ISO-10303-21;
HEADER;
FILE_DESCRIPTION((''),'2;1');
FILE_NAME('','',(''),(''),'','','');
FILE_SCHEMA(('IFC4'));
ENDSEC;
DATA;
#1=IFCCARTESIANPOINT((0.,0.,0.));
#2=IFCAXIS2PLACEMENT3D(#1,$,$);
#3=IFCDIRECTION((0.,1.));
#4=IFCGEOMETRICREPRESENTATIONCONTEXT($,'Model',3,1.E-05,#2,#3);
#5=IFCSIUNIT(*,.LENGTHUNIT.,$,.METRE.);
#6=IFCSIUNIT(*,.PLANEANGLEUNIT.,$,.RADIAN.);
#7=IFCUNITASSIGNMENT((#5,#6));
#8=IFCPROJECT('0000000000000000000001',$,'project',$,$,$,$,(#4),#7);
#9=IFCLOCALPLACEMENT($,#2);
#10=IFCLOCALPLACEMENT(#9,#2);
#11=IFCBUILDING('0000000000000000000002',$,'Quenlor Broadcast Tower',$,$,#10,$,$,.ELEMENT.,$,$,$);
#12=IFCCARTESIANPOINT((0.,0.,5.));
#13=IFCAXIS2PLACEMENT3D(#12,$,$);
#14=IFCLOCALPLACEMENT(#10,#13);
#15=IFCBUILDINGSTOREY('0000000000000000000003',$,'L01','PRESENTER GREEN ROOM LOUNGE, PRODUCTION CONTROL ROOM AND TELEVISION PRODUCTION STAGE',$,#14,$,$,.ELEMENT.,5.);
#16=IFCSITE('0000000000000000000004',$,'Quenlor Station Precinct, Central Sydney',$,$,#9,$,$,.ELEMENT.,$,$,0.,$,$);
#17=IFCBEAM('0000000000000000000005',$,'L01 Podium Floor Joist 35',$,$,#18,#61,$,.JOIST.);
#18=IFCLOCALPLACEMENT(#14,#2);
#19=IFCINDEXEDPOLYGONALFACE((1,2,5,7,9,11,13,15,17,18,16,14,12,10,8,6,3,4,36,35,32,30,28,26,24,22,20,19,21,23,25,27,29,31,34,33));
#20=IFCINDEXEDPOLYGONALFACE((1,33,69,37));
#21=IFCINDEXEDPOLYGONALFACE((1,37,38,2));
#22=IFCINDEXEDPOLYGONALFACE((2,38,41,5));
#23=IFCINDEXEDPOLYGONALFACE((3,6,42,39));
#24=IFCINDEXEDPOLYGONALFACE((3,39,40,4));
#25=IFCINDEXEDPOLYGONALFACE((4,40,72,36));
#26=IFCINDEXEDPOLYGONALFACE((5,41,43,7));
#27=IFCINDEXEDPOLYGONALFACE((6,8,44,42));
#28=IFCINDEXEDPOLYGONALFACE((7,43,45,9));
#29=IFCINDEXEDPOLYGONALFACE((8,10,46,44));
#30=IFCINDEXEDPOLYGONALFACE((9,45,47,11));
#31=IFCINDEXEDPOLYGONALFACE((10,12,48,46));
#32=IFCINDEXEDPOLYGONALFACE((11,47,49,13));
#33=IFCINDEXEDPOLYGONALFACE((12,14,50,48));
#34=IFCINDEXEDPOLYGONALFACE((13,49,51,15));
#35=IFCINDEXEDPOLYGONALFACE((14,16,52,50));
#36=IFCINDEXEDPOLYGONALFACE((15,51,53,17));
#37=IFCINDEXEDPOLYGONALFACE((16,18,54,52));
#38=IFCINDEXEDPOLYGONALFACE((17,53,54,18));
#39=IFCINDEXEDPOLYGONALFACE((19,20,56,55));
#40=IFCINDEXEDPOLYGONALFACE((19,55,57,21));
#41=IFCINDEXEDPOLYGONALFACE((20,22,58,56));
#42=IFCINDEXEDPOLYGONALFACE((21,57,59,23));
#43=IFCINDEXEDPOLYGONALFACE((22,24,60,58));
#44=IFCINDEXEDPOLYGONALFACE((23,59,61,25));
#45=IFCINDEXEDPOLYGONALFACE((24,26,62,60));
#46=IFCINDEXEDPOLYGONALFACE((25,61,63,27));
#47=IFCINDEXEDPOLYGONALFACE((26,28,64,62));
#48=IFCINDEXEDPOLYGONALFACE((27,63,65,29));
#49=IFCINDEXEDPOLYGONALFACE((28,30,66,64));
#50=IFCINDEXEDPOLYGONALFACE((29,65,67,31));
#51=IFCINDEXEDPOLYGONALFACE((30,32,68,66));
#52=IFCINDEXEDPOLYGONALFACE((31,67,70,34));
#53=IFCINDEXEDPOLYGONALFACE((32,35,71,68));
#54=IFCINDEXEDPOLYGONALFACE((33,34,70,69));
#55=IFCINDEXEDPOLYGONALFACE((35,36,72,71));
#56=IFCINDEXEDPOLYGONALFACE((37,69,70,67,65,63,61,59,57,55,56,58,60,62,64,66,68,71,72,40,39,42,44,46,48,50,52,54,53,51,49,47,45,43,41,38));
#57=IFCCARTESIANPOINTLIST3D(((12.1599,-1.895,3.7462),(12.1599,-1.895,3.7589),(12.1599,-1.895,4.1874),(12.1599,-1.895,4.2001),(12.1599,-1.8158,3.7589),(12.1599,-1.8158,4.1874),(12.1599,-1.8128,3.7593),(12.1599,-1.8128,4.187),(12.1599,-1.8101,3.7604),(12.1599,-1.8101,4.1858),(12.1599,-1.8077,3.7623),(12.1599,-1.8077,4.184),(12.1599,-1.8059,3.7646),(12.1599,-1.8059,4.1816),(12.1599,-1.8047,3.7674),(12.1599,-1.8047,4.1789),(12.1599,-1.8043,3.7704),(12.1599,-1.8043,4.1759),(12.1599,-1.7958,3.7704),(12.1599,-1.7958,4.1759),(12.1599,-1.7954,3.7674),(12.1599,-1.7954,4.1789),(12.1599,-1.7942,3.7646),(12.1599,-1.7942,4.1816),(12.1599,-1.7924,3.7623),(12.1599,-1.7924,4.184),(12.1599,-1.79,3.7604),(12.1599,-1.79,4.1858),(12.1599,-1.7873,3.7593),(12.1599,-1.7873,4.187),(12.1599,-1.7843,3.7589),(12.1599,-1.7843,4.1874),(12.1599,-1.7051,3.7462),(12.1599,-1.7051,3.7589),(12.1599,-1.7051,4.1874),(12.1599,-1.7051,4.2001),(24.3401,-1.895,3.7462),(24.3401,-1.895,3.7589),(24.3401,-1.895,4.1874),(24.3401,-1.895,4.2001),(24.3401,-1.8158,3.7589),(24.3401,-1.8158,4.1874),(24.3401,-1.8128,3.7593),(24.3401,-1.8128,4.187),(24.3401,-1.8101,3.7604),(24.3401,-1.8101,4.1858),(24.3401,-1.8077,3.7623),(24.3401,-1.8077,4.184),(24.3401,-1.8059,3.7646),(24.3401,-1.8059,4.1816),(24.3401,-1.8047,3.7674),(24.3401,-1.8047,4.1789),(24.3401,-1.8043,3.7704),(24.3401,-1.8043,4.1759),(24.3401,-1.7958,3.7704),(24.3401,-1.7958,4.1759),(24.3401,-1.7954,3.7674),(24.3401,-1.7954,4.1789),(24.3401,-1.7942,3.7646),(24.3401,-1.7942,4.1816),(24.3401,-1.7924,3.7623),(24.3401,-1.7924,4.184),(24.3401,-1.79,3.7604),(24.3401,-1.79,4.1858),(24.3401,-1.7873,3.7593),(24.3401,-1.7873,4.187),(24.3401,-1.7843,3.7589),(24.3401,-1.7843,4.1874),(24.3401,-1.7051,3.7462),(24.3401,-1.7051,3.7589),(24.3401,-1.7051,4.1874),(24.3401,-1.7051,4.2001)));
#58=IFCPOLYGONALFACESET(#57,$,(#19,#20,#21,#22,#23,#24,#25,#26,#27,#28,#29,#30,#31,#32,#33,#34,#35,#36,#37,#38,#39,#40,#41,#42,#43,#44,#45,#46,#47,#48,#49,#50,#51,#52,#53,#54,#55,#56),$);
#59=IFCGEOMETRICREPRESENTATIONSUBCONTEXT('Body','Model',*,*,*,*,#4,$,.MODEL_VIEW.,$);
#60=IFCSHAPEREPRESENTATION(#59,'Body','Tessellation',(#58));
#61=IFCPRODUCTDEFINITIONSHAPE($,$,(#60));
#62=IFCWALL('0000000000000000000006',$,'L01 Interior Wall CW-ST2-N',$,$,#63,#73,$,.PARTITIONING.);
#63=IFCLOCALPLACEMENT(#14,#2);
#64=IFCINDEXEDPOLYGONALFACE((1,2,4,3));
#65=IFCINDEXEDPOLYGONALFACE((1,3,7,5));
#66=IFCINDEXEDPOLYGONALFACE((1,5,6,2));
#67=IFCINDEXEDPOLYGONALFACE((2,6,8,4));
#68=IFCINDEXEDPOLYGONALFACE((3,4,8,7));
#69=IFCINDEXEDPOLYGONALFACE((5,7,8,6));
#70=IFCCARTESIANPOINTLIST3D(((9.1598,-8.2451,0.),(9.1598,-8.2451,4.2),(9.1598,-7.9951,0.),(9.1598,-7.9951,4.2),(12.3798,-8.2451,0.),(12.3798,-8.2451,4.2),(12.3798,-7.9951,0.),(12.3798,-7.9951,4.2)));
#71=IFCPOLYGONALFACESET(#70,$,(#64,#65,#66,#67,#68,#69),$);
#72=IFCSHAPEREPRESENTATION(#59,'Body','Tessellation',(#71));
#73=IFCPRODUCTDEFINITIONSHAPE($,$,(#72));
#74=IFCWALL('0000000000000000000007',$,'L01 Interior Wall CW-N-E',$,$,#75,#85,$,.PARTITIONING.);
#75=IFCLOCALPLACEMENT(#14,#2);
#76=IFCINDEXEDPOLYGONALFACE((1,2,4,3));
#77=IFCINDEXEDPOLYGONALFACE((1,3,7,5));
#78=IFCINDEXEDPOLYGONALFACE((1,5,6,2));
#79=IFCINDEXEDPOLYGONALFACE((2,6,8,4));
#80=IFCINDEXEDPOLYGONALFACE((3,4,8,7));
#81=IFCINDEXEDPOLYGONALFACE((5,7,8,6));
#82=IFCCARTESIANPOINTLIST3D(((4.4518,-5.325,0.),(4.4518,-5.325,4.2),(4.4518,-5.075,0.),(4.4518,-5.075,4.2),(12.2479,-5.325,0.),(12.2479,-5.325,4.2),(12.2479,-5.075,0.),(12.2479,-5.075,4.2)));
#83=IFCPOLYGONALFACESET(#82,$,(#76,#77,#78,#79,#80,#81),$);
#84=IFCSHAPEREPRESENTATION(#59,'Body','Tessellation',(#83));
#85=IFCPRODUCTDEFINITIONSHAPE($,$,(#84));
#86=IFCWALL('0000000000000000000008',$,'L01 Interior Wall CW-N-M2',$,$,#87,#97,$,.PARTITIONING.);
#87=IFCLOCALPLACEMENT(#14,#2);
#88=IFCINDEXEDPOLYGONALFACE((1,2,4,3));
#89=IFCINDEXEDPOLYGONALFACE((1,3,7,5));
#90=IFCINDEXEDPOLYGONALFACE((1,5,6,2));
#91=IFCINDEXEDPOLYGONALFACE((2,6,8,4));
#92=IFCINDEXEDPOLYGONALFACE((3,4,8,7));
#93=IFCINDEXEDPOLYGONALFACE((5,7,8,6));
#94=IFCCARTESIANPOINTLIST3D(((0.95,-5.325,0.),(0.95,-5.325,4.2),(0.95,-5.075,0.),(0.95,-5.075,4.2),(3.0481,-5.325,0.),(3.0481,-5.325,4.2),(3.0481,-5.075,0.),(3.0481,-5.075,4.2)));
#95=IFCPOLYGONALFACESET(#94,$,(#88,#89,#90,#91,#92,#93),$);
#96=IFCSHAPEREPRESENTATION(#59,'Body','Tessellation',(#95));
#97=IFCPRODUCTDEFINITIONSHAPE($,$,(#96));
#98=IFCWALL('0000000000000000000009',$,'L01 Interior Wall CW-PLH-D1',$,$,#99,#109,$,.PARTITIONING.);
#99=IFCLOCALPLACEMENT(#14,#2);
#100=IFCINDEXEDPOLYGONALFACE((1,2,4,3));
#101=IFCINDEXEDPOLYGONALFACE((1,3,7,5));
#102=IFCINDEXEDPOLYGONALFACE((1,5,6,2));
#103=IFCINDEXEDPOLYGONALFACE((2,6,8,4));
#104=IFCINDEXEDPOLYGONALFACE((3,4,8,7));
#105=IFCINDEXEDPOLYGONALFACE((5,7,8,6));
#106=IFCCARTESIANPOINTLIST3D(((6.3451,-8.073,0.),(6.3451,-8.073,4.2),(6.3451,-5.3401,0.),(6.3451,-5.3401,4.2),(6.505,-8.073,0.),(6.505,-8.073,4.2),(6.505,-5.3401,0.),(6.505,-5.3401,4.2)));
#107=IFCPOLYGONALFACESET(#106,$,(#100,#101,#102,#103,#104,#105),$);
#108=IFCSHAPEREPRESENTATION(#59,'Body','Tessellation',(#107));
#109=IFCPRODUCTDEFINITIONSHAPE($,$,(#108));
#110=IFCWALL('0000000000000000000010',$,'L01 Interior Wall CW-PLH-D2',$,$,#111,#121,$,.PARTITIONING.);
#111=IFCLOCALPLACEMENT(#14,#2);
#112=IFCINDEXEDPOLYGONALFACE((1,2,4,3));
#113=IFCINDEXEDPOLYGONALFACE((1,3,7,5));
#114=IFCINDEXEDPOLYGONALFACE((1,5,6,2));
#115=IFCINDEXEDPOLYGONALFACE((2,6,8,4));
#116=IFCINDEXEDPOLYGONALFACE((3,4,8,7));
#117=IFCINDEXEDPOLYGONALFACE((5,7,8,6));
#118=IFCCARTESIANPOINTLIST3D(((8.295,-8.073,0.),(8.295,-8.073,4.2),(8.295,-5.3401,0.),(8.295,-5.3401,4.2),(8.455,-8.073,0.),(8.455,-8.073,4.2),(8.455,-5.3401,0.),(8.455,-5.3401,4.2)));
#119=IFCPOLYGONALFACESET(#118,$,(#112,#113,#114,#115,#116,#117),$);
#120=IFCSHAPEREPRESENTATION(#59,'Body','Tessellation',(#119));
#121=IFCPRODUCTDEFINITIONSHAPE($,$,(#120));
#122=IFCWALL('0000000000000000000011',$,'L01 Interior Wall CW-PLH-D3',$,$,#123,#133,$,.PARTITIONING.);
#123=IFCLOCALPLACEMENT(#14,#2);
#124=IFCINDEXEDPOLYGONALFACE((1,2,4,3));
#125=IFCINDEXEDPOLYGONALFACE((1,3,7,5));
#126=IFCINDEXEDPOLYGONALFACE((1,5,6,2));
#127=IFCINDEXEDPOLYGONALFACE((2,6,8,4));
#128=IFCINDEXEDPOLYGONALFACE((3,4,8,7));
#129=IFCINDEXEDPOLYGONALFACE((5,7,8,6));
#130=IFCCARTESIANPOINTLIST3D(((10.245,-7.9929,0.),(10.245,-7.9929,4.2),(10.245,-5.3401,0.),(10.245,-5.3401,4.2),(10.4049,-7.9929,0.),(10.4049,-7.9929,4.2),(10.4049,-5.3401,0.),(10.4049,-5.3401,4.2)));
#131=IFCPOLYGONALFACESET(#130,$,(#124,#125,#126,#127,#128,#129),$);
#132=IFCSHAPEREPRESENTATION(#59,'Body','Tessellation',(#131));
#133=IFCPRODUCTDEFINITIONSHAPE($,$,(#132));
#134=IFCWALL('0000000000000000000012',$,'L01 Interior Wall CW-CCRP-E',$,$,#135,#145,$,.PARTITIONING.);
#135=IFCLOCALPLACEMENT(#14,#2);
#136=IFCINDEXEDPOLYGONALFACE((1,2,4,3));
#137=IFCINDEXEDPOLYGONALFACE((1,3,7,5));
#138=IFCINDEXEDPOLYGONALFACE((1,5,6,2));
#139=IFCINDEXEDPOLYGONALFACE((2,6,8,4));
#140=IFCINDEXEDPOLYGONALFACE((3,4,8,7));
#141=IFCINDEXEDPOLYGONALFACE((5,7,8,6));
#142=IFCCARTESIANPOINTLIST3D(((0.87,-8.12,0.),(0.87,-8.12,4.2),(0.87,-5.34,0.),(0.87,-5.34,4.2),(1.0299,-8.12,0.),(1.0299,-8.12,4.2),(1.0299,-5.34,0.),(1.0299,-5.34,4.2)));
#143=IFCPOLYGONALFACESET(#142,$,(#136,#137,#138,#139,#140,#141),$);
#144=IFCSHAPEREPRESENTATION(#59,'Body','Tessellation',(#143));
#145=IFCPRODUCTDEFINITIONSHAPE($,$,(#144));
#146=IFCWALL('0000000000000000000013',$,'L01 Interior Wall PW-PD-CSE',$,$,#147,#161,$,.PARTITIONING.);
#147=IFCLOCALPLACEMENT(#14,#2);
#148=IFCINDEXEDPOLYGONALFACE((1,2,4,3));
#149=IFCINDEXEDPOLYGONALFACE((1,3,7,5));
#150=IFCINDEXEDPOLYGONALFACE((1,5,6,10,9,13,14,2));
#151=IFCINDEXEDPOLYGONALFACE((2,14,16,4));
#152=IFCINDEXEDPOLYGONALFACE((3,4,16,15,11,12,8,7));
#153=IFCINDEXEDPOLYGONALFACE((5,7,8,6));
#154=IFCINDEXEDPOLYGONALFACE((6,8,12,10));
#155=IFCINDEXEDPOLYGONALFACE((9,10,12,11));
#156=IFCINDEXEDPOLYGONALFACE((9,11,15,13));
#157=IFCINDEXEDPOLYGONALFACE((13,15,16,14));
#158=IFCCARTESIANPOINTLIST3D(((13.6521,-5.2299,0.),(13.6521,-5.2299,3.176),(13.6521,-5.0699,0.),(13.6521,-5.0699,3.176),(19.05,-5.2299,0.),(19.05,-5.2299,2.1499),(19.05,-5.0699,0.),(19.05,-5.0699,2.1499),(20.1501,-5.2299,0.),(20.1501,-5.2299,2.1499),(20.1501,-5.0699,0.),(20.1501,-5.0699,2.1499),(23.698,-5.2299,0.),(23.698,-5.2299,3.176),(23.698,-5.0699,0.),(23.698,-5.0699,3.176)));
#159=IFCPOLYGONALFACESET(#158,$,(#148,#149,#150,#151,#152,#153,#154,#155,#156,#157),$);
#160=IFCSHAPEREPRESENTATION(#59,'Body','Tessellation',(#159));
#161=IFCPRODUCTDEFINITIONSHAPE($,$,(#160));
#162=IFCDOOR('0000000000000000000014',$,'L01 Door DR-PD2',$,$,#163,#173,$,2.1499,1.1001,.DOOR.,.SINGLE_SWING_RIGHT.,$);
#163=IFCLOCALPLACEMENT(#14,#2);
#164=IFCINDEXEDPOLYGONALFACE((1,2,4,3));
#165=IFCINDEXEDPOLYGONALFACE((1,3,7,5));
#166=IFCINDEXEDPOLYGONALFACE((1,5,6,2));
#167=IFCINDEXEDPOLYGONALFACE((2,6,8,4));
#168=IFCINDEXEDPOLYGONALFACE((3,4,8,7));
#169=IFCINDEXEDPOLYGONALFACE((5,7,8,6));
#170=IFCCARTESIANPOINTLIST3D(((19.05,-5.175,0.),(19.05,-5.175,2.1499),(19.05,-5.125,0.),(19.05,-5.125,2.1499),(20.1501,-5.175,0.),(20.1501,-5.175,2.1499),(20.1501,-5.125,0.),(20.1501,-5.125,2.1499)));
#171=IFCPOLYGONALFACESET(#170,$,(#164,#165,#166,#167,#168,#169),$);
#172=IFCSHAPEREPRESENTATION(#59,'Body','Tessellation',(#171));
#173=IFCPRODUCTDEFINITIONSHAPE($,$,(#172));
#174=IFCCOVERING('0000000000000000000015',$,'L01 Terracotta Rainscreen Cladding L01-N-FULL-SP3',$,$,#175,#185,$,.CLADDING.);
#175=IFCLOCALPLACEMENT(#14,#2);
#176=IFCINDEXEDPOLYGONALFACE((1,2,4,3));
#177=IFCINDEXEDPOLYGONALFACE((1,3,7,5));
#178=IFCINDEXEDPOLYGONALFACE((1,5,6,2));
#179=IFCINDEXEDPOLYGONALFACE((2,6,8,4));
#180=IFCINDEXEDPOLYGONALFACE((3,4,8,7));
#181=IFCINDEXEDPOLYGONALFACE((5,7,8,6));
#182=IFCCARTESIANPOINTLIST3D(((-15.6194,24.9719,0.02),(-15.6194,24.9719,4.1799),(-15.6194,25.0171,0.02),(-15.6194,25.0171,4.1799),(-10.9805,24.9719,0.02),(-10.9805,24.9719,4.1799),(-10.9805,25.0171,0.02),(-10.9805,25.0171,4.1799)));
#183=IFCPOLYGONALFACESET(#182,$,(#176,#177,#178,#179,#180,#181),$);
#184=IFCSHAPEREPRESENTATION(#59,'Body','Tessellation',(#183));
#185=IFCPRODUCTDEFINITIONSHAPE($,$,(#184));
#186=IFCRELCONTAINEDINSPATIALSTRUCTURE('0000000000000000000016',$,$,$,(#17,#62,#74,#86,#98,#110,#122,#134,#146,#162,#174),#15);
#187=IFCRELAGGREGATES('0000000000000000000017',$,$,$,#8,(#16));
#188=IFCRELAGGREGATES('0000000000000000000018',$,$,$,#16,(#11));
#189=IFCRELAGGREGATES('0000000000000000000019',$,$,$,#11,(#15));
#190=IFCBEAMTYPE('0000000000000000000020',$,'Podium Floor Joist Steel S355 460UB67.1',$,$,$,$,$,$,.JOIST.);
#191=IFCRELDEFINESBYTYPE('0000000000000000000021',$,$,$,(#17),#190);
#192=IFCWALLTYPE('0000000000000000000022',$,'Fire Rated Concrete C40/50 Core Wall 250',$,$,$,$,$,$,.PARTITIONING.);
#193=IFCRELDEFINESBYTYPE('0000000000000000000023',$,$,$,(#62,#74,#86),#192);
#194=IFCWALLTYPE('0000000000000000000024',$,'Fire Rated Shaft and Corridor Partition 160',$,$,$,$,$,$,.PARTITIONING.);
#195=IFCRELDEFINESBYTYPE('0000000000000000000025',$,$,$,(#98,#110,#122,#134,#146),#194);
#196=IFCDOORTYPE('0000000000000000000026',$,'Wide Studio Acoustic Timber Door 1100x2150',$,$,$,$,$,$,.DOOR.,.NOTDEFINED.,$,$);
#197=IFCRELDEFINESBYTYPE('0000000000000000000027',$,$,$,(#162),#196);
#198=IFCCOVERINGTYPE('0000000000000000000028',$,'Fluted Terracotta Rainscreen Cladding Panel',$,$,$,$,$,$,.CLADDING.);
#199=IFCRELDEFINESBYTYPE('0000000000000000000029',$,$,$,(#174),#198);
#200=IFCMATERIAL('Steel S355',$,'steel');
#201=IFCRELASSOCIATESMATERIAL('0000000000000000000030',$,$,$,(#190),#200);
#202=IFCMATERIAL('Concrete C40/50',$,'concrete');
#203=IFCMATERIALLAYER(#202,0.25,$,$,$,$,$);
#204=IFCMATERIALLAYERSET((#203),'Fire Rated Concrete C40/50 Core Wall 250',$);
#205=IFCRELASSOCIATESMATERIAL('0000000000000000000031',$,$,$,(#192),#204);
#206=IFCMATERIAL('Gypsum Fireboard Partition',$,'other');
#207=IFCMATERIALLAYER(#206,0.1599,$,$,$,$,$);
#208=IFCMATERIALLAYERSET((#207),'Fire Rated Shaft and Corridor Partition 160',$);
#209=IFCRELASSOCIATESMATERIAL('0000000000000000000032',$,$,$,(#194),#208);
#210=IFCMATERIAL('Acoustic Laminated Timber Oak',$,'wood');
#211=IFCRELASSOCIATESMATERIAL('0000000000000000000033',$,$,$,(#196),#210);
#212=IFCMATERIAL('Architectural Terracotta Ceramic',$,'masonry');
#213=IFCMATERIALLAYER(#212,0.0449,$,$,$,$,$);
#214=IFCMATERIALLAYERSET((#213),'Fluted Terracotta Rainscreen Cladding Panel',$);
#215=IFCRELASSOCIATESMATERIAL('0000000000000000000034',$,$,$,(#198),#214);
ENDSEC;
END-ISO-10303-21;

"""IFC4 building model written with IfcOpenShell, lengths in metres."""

from ifc_helpers import new_model, si_unit, direction, frame, frame_2d, origin, origin_2d, place, context, subcontext, project, spatial, polyline, rectangle, i_section, outline, extrude, material, layer, layer_set, material_profile, profile_set, type_object, element, fill, save


model = new_model("IFC4")

# Units and contexts
model_context = context("Model", 3, precision=1e-05, world=origin(), true_north=direction((0.0, 1.0)))
body_context = subcontext(model_context, "Body", "Model", "MODEL_VIEW")
ifc_project = project(units=[si_unit("LENGTHUNIT", "METRE"), si_unit("PLANEANGLEUNIT", "RADIAN")], contexts=[model_context])

# Site, building, storey
site_placement = place(None, origin())
site = spatial("IfcSite", under=ifc_project, at=site_placement, Name="Quenlor Station Precinct, Central Sydney", CompositionType="ELEMENT", RefElevation=0.0)
building_placement = place(site_placement, origin())
building = spatial("IfcBuilding", under=site, at=building_placement, Name="Quenlor Broadcast Tower", CompositionType="ELEMENT")
storey_placement = place(building_placement, frame((0.0, 0.0, 5.0)))
storey = spatial("IfcBuildingStorey", under=building, at=storey_placement, Name="L01", Description="PRESENTER GREEN ROOM LOUNGE, PRODUCTION CONTROL ROOM AND TELEVISION PRODUCTION STAGE", CompositionType="ELEMENT", Elevation=5.0)

# Beam
ifc_material_1 = material(Name="Steel S355", Category="steel")
ifc_material_profile_1 = material_profile(ifc_material_1, i_section(OverallWidth=0.1899, OverallDepth=0.4539, WebThickness=0.0085, FlangeThickness=0.0127, FilletRadius=0.0115, at=origin_2d()))
ifc_profile_set_1 = profile_set([ifc_material_profile_1], Name="Steel S355 460UB67.1")
beam_type_1 = type_object("IfcBeamType", Name="Podium Floor Joist Steel S355 460UB67.1", PredefinedType="JOIST", material=ifc_profile_set_1)
beam_1_placement = place(storey_placement, frame((12.1599, -1.8, 3.9731), z_axis=(1.0, 0.0, 0.0), x_axis=(0.0, 1.0, 0.0)))
element("IfcBeam", 1, at=beam_1_placement, inside=storey, type_object=beam_type_1, Name="L01 Podium Floor Joist 35", PredefinedType="JOIST", context=body_context, shape_type="SweptSolid", body=[
    extrude(i_section(OverallWidth=0.1899, OverallDepth=0.4539, WebThickness=0.0085, FlangeThickness=0.0127, FilletRadius=0.0115, at=origin_2d()), origin(), (0.0, 0.0, 1.0), 12.1802),
])

# Walls
ifc_material_2 = material(Name="Concrete C40/50", Category="concrete")
ifc_layer_1 = layer(ifc_material_2, 0.25)
ifc_layer_set_1 = layer_set([ifc_layer_1], Name="Fire Rated Concrete C40/50 Core Wall 250")
wall_type_1 = type_object("IfcWallType", Name="Fire Rated Concrete C40/50 Core Wall 250", PredefinedType="PARTITIONING", material=ifc_layer_set_1)
wall_1_placement = place(storey_placement, frame((9.1599, -8.1201, 0.0), z_axis=(0.0, 0.0, 1.0), x_axis=(1.0, 0.0, 0.0)))
element("IfcWall", 2, at=wall_1_placement, inside=storey, type_object=wall_type_1, Name="L01 Interior Wall CW-ST2-N", PredefinedType="PARTITIONING", context=body_context, shape_type="SweptSolid", body=[
    extrude(rectangle(XDim=3.22, YDim=0.25, at=frame_2d((1.6099, 0.0))), origin(), (0.0, 0.0, 1.0), 4.2),
])
wall_2_placement = place(storey_placement, frame((4.4519, -5.2, 0.0), z_axis=(0.0, 0.0, 1.0), x_axis=(1.0, 0.0, 0.0)))
element("IfcWall", 3, at=wall_2_placement, inside=storey, type_object=wall_type_1, Name="L01 Interior Wall CW-N-E", PredefinedType="PARTITIONING", context=body_context, shape_type="SweptSolid", body=[
    extrude(rectangle(XDim=7.7961, YDim=0.25, at=frame_2d((3.8979, 0.0))), origin(), (0.0, 0.0, 1.0), 4.2),
])
wall_3_placement = place(storey_placement, frame((0.95, -5.2, 0.0), z_axis=(0.0, 0.0, 1.0), x_axis=(1.0, 0.0, 0.0)))
element("IfcWall", 4, at=wall_3_placement, inside=storey, type_object=wall_type_1, Name="L01 Interior Wall CW-N-M2", PredefinedType="PARTITIONING", context=body_context, shape_type="SweptSolid", body=[
    extrude(rectangle(XDim=2.0981, YDim=0.25, at=frame_2d((1.0491, 0.0))), origin(), (0.0, 0.0, 1.0), 4.2),
])
ifc_material_3 = material(Name="Gypsum Fireboard Partition", Category="other")
ifc_layer_2 = layer(ifc_material_3, 0.1599)
ifc_layer_set_2 = layer_set([ifc_layer_2], Name="Fire Rated Shaft and Corridor Partition 160")
wall_type_2 = type_object("IfcWallType", Name="Fire Rated Shaft and Corridor Partition 160", PredefinedType="PARTITIONING", material=ifc_layer_set_2)
for number, where, z_axis, x_axis, name in (
    (5, (6.425, -8.073, 0.0), (0.0, 0.0, 1.0), (0.0, 1.0, 0.0), "L01 Interior Wall CW-PLH-D1"),
    (6, (8.375, -8.073, 0.0), (0.0, 0.0, 1.0), (0.0, 1.0, 0.0), "L01 Interior Wall CW-PLH-D2"),
):
    element("IfcWall", number, at=place(storey_placement, frame(where, z_axis=z_axis, x_axis=x_axis)), inside=storey, type_object=wall_type_2, Name=name, PredefinedType="PARTITIONING", context=body_context, shape_type="SweptSolid", body=[
        extrude(rectangle(XDim=2.7329, YDim=0.1599, at=frame_2d((1.3665, 0.0))), origin(), (0.0, 0.0, 1.0), 4.2),
    ])
wall_4_placement = place(storey_placement, frame((10.325, -7.9929, 0.0), z_axis=(0.0, 0.0, 1.0), x_axis=(0.0, 1.0, 0.0)))
element("IfcWall", 7, at=wall_4_placement, inside=storey, type_object=wall_type_2, Name="L01 Interior Wall CW-PLH-D3", PredefinedType="PARTITIONING", context=body_context, shape_type="SweptSolid", body=[
    extrude(rectangle(XDim=2.6528, YDim=0.1599, at=frame_2d((1.3264, 0.0))), origin(), (0.0, 0.0, 1.0), 4.2),
])
wall_5_placement = place(storey_placement, frame((0.95, -8.1201, 0.0), z_axis=(0.0, 0.0, 1.0), x_axis=(0.0, 1.0, 0.0)))
element("IfcWall", 8, at=wall_5_placement, inside=storey, type_object=wall_type_2, Name="L01 Interior Wall CW-CCRP-E", PredefinedType="PARTITIONING", context=body_context, shape_type="SweptSolid", body=[
    extrude(rectangle(XDim=2.78, YDim=0.1599, at=frame_2d((1.3901, 0.0))), origin(), (0.0, 0.0, 1.0), 4.2),
])

# Wall, opening, door
wall_6_placement = place(storey_placement, frame((13.6521, -5.1499, 0.0), z_axis=(0.0, 0.0, 1.0), x_axis=(1.0, 0.0, 0.0)))
wall_6 = element("IfcWall", 9, at=wall_6_placement, inside=storey, type_object=wall_type_2, Name="L01 Interior Wall PW-PD-CSE", PredefinedType="PARTITIONING", context=body_context, shape_type="SweptSolid", body=[
    extrude(rectangle(XDim=10.0459, YDim=0.1599, at=frame_2d((5.0229, 0.0))), origin(), (0.0, 0.0, 1.0), 3.176),
])
opening_placement = place(wall_6_placement, frame((5.3979, 0.0, 0.0)))
opening = element("IfcOpeningElement", 10, at=opening_placement, cuts=wall_6, PredefinedType="OPENING", context=body_context, shape_type="SweptSolid", body=[
    extrude(rectangle(XDim=1.1001, YDim=2.1499, at=frame_2d((0.55, 1.075))), frame((0.0, 0.0898, 0.0), z_axis=(0.0, -1.0, 0.0), x_axis=(1.0, 0.0, 0.0)), (0.0, 0.0, 1.0), 0.1799),
])
ifc_material_4 = material(Name="Acoustic Laminated Timber Oak", Category="wood")
door_type = type_object("IfcDoorType", Name="Wide Studio Acoustic Timber Door 1100x2150", OperationType="NOTDEFINED", PredefinedType="DOOR", material=ifc_material_4)
door_placement = place(opening_placement, origin())
door = element("IfcDoor", 11, at=door_placement, inside=storey, type_object=door_type, Name="L01 Door DR-PD2", OperationType="SINGLE_SWING_RIGHT", OverallHeight=2.1499, OverallWidth=1.1001, PredefinedType="DOOR", context=body_context, shape_type="SweptSolid", body=[
    extrude(rectangle(XDim=1.1001, YDim=2.1499, at=frame_2d((0.55, 1.075))), frame((0.0, 0.0249, 0.0), z_axis=(0.0, -1.0, 0.0), x_axis=(1.0, 0.0, 0.0)), (0.0, 0.0, 1.0), 0.05),
])
fill(opening, door)

# Covering
ifc_material_5 = material(Name="Architectural Terracotta Ceramic", Category="masonry")
ifc_layer_3 = layer(ifc_material_5, 0.0449)
ifc_layer_set_3 = layer_set([ifc_layer_3], Name="Fluted Terracotta Rainscreen Cladding Panel")
covering_type = type_object("IfcCoveringType", Name="Fluted Terracotta Rainscreen Cladding Panel", PredefinedType="CLADDING", material=ifc_layer_set_3)
covering_1_placement = place(storey_placement, frame((0.0, 0.0, 0.02)))
element("IfcCovering", 12, at=covering_1_placement, inside=storey, type_object=covering_type, Name="L01 Terracotta Rainscreen Cladding L01-N-FULL-SP3", PredefinedType="CLADDING", context=body_context, shape_type="SweptSolid", body=[
    extrude(outline(polyline([(-15.6194, 24.9719), (-10.9805, 24.9719), (-10.9805, 25.0171), (-15.6194, 25.0171), (-15.6194, 24.9719)])), origin(), (0.0, 0.0, 1.0), 4.1599),
])

save(model, "model.ifc")
